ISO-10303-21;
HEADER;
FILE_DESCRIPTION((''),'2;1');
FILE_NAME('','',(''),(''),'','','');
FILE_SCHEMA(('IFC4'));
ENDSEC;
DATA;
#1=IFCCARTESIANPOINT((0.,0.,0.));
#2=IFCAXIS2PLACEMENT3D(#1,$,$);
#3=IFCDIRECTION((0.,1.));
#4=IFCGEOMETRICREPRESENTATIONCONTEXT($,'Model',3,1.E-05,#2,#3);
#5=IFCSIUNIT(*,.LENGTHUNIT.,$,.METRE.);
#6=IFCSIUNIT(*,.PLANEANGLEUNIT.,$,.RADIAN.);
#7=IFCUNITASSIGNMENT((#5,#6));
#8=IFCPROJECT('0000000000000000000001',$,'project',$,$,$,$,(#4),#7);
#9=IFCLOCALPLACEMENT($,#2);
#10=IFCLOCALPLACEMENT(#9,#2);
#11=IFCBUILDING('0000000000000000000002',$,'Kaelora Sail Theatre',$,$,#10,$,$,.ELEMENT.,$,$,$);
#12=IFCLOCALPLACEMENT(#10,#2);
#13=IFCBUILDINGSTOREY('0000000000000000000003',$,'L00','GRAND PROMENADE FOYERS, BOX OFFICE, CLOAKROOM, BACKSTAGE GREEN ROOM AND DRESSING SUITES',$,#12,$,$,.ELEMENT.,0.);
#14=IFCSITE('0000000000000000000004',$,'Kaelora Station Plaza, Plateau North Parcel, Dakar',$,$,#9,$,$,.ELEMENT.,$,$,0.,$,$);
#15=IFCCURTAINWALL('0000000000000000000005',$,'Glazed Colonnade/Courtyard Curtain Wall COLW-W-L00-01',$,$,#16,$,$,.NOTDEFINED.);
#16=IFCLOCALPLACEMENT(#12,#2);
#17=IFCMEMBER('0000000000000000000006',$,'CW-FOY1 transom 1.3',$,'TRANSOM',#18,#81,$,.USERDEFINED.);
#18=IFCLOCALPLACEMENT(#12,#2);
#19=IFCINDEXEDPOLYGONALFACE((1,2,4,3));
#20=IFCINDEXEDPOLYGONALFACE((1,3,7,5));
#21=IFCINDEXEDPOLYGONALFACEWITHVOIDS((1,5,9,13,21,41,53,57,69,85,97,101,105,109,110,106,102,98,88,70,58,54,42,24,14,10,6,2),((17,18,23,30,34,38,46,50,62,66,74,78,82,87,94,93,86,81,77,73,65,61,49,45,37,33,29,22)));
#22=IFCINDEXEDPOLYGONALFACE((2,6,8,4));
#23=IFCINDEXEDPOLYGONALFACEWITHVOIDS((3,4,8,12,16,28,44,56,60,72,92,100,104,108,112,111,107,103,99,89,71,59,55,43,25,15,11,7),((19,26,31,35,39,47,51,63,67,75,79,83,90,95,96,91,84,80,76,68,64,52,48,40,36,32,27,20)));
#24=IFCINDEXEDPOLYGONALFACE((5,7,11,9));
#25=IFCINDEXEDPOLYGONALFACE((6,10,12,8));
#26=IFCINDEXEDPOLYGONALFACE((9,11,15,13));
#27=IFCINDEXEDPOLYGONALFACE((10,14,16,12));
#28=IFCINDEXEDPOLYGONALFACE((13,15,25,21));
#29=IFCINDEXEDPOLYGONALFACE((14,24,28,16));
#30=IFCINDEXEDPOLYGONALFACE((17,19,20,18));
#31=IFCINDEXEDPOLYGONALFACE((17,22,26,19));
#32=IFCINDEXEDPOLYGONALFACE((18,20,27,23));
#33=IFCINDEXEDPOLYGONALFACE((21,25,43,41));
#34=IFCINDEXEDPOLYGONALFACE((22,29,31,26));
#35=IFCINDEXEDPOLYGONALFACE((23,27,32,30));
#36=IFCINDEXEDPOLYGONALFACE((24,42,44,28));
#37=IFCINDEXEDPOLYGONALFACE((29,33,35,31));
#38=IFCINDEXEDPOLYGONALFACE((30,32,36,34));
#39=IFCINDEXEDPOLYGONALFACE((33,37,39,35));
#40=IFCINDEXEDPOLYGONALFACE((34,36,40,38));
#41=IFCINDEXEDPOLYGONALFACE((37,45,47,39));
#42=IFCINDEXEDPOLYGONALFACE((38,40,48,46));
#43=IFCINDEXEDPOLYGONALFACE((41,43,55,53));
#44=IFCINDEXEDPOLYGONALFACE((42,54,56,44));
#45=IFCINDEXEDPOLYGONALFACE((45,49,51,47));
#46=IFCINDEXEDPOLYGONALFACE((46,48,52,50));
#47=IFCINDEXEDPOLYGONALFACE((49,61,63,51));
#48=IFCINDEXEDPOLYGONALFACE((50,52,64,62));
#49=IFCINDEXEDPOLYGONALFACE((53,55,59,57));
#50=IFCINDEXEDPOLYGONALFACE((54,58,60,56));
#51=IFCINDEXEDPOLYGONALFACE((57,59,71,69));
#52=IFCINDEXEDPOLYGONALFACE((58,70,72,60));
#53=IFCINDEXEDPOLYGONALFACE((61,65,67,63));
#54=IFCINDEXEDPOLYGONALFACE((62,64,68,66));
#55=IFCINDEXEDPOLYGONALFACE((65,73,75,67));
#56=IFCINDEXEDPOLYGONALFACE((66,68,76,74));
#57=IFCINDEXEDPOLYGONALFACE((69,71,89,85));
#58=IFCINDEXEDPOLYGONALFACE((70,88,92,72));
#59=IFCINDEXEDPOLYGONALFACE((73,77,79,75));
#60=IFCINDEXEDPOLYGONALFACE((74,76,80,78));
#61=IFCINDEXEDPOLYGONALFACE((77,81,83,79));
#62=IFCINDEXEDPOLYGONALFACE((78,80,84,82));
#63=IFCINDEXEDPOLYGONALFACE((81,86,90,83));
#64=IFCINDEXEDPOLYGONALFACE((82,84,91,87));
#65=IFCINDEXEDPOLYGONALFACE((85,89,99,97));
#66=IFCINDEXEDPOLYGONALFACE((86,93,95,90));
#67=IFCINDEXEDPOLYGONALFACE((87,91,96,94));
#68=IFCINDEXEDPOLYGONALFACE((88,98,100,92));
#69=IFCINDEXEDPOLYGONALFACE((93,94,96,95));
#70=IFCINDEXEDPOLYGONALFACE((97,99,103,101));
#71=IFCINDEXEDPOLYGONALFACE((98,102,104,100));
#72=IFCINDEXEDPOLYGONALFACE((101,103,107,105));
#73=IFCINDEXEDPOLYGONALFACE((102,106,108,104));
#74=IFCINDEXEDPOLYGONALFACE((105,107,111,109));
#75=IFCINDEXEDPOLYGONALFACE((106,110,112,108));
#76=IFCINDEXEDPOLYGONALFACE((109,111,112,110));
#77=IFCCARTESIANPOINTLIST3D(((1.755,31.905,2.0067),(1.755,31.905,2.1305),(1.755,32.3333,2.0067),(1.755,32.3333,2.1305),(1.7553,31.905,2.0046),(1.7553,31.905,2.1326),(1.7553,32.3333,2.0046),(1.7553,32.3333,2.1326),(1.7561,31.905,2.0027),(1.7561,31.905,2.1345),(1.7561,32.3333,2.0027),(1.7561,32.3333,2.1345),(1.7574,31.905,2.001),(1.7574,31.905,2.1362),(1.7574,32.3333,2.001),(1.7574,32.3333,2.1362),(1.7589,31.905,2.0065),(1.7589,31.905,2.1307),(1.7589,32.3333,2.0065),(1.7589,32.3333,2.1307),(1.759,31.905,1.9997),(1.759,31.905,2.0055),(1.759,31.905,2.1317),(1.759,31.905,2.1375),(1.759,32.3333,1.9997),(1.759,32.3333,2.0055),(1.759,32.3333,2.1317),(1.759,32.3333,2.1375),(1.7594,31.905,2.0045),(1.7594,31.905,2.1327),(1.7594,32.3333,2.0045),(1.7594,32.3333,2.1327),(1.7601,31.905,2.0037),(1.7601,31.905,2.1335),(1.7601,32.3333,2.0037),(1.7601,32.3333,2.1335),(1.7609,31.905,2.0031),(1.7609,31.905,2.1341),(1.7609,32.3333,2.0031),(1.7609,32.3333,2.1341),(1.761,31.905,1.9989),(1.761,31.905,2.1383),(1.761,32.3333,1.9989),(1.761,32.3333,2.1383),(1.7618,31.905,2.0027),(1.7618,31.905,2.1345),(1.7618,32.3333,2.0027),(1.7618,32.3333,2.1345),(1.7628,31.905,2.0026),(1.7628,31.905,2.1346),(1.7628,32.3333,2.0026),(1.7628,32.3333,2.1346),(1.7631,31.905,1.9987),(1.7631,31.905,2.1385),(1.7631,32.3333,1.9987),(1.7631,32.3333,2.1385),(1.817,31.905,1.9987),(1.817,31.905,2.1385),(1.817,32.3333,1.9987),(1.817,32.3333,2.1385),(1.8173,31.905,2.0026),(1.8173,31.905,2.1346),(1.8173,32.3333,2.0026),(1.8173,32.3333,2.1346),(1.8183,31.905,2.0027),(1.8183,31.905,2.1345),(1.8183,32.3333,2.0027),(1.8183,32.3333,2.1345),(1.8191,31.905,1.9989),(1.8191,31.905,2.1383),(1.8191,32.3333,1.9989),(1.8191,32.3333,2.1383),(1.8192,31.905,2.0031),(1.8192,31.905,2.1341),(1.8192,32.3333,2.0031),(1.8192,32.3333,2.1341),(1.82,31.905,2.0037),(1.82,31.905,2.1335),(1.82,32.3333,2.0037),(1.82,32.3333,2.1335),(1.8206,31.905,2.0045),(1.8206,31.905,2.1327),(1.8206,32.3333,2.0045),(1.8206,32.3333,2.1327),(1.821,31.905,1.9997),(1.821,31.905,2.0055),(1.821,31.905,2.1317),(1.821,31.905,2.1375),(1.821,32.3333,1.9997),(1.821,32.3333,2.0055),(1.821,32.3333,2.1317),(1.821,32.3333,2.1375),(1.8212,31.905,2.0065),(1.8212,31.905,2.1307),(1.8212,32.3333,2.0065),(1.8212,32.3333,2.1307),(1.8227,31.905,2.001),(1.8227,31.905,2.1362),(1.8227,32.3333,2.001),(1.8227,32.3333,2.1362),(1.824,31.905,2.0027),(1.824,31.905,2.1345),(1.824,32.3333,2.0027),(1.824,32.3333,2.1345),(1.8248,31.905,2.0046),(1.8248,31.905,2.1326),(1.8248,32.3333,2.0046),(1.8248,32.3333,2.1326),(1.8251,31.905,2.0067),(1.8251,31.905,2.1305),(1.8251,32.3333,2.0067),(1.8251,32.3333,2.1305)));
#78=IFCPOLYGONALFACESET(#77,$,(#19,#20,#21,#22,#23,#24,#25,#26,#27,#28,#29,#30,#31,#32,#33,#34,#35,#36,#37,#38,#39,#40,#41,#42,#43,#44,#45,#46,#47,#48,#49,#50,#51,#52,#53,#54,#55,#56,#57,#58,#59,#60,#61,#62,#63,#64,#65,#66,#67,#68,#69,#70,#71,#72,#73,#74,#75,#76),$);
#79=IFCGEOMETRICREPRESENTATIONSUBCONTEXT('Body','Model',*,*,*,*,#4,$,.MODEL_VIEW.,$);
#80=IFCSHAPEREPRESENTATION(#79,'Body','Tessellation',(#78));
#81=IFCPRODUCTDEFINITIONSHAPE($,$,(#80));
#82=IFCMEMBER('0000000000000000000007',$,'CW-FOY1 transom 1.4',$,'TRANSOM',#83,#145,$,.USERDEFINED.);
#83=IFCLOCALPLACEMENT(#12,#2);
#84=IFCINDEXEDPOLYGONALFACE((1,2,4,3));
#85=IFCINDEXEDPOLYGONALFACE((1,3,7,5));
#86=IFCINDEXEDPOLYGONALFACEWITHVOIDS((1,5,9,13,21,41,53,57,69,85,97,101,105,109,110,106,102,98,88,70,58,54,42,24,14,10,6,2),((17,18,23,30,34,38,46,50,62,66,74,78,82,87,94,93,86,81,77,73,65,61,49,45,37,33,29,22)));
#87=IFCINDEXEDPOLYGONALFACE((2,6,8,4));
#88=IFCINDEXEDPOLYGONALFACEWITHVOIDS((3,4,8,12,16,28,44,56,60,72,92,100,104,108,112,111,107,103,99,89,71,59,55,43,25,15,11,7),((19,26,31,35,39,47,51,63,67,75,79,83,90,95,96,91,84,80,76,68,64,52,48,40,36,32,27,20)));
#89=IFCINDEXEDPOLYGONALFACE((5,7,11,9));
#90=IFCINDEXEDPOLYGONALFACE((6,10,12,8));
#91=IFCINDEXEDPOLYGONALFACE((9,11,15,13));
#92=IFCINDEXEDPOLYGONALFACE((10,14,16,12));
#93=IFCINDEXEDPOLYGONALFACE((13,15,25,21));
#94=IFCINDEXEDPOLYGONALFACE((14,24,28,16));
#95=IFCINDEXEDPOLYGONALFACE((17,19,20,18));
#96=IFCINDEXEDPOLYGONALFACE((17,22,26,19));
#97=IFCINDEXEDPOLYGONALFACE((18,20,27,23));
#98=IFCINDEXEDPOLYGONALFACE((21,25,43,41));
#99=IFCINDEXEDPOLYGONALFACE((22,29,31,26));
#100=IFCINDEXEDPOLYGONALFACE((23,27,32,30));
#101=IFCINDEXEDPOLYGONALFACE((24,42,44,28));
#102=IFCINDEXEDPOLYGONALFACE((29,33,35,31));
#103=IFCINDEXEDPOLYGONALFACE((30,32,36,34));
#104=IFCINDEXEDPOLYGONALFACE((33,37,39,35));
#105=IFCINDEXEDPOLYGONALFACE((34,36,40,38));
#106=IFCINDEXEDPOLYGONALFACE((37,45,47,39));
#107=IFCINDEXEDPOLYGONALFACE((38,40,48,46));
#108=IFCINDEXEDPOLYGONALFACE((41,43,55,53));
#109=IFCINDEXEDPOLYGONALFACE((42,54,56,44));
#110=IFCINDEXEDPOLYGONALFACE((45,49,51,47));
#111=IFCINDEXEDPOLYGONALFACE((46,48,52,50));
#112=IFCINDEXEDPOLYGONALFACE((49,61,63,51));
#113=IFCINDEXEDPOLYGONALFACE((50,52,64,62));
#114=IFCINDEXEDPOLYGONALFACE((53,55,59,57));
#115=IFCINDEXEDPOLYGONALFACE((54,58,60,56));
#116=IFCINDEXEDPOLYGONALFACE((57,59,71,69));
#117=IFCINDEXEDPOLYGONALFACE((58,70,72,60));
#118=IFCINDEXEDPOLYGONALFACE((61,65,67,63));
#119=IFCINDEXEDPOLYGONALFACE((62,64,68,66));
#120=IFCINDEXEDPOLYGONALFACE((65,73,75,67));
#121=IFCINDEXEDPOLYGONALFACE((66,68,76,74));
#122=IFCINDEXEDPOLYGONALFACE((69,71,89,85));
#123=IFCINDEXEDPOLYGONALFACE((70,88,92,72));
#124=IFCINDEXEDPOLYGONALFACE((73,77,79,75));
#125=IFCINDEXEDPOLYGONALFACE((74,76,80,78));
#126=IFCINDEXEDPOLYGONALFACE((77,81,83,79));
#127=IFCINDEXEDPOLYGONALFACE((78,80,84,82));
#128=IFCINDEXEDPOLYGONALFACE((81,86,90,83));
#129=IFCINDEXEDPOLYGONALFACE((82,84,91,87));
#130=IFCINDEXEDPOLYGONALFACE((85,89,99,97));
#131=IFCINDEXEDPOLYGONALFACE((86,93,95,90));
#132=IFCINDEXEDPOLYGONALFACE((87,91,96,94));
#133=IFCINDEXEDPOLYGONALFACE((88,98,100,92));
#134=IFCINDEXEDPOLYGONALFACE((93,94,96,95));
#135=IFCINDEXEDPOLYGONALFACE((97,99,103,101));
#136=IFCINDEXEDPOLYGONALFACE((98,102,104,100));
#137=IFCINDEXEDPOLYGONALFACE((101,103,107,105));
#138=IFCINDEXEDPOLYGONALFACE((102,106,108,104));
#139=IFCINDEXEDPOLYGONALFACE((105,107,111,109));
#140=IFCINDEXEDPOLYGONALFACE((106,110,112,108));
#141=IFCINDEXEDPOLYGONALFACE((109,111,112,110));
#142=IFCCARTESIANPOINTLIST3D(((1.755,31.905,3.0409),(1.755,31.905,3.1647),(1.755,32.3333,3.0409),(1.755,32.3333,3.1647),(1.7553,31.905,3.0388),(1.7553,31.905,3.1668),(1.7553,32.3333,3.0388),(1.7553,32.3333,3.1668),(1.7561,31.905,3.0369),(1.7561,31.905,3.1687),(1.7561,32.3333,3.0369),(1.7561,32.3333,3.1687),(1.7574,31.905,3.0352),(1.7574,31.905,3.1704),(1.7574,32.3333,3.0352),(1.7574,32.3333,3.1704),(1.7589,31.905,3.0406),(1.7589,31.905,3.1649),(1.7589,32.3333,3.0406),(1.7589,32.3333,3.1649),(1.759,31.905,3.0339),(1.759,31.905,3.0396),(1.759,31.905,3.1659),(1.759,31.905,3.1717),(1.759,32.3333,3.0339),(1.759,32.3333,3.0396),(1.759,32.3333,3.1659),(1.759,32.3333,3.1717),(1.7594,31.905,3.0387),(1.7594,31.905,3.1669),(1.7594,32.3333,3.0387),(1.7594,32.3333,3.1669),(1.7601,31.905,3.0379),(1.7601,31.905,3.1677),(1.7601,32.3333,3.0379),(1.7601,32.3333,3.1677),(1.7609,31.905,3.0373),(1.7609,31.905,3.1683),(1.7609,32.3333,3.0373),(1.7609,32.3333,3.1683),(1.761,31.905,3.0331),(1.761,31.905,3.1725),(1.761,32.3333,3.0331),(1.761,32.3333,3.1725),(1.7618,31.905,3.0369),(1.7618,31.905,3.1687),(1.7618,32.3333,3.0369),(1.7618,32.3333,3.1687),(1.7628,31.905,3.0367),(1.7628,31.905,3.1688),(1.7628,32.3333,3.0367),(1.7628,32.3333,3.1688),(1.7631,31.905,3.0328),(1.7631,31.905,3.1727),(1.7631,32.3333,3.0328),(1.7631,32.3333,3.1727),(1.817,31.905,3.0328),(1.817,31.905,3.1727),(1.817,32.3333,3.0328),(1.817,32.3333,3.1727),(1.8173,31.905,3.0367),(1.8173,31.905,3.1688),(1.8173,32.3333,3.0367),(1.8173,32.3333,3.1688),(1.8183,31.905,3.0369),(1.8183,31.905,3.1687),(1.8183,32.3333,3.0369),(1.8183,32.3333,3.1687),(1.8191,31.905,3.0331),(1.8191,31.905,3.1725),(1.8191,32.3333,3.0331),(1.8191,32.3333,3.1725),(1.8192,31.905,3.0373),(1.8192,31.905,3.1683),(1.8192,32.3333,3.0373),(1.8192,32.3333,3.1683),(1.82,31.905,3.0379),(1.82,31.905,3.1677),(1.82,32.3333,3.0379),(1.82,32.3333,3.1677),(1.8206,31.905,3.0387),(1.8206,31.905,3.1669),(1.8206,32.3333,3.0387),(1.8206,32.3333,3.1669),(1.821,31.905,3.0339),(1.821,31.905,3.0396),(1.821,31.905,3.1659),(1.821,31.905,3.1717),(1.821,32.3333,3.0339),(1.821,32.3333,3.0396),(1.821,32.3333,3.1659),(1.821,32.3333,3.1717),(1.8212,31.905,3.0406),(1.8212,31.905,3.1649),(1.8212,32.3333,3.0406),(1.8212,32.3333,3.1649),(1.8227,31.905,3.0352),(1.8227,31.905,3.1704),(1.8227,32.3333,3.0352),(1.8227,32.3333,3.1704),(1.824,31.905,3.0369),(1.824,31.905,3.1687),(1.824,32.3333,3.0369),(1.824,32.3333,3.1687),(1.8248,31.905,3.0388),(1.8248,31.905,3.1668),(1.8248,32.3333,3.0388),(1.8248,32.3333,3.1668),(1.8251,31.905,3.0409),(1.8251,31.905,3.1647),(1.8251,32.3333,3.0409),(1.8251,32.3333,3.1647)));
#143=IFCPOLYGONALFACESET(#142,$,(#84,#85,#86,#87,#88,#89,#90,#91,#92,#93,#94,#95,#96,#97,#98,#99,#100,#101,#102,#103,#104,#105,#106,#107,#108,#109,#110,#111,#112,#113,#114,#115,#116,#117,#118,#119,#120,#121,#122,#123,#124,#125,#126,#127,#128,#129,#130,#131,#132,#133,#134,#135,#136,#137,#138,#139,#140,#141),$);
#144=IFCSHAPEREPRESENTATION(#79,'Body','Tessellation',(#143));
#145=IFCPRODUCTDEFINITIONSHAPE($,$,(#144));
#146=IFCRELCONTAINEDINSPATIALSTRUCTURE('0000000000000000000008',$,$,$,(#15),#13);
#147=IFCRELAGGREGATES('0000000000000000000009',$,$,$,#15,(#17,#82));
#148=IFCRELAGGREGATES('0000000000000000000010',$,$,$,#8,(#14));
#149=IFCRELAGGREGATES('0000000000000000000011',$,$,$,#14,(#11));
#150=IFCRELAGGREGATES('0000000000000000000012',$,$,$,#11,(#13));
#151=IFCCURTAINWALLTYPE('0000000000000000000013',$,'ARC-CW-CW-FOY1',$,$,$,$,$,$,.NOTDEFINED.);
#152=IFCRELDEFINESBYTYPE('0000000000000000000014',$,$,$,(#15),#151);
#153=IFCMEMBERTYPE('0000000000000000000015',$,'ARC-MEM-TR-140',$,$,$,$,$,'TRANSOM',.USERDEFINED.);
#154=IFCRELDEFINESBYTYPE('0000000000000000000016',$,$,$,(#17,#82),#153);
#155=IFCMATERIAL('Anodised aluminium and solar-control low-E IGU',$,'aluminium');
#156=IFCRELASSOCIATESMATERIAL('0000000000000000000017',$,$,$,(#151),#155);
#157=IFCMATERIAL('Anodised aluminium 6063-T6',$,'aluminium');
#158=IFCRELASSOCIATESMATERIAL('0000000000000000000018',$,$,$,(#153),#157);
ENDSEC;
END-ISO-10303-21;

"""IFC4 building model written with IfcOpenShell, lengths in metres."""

from ifc_helpers import new_model, si_unit, direction, frame, origin, origin_2d, place, context, subcontext, project, spatial, hollow_rectangle, extrude, material, material_profile, profile_set, type_object, element, aggregate, save


model = new_model("IFC4")

# Units and contexts
model_context = context("Model", 3, precision=1e-05, world=origin(), true_north=direction((0.0, 1.0)))
body_context = subcontext(model_context, "Body", "Model", "MODEL_VIEW")
ifc_project = project(units=[si_unit("LENGTHUNIT", "METRE"), si_unit("PLANEANGLEUNIT", "RADIAN")], contexts=[model_context])

# Site, building, storey
site_placement = place(None, origin())
site = spatial("IfcSite", under=ifc_project, at=site_placement, Name="Kaelora Station Plaza, Plateau North Parcel, Dakar", CompositionType="ELEMENT", RefElevation=0.0)
building_placement = place(site_placement, origin())
building = spatial("IfcBuilding", under=site, at=building_placement, Name="Kaelora Sail Theatre", CompositionType="ELEMENT")
storey_placement = place(building_placement, origin())
storey = spatial("IfcBuildingStorey", under=building, at=storey_placement, Name="L00", Description="GRAND PROMENADE FOYERS, BOX OFFICE, CLOAKROOM, BACKSTAGE GREEN ROOM AND DRESSING SUITES", CompositionType="ELEMENT", Elevation=0.0)

# Curtain wall, members
ifc_material_1 = material(Name="Anodised aluminium and solar-control low-E IGU", Category="aluminium")
curtain_wall_type = type_object("IfcCurtainWallType", Name="ARC-CW-CW-FOY1", PredefinedType="NOTDEFINED", material=ifc_material_1)
curtain_wall_1_placement = place(storey_placement, origin())
curtain_wall_1 = element("IfcCurtainWall", 1, at=curtain_wall_1_placement, inside=storey, type_object=curtain_wall_type, Name="Glazed Colonnade/Courtyard Curtain Wall COLW-W-L00-01", PredefinedType="NOTDEFINED")
ifc_material_2 = material(Name="Anodised aluminium 6063-T6", Category="aluminium")
ifc_material_profile = material_profile(ifc_material_2, hollow_rectangle(XDim=0.0701, YDim=0.1399, WallThickness=0.0039, InnerFilletRadius=0.0039, OuterFilletRadius=0.0081, at=origin_2d()), Name="ALU-TRAN 70x140x4")
ifc_profile_set = profile_set([ifc_material_profile], Name="Anodised aluminium 6063-T6")
member_type = type_object("IfcMemberType", Name="ARC-MEM-TR-140", ElementType="TRANSOM", PredefinedType="USERDEFINED", material=ifc_profile_set)
member_1_placement = place(storey_placement, frame((1.79, 31.905, 2.0686), z_axis=(0.0, 1.0, 0.0), x_axis=(-1.0, 0.0, 0.0)))
member_1 = element("IfcMember", 2, at=member_1_placement, type_object=member_type, Name="CW-FOY1 transom 1.3", ObjectType="TRANSOM", PredefinedType="USERDEFINED", context=body_context, shape_type="SweptSolid", body=[
    extrude(hollow_rectangle(XDim=0.0701, YDim=0.1399, WallThickness=0.0039, InnerFilletRadius=0.0039, OuterFilletRadius=0.0081, at=origin_2d()), origin(), (0.0, 0.0, 1.0), 0.4282),
])
member_2_placement = place(storey_placement, frame((1.79, 31.905, 3.1028), z_axis=(0.0, 1.0, 0.0), x_axis=(-1.0, 0.0, 0.0)))
member_2 = element("IfcMember", 3, at=member_2_placement, type_object=member_type, Name="CW-FOY1 transom 1.4", ObjectType="TRANSOM", PredefinedType="USERDEFINED", context=body_context, shape_type="SweptSolid", body=[
    extrude(hollow_rectangle(XDim=0.0701, YDim=0.1399, WallThickness=0.0039, InnerFilletRadius=0.0039, OuterFilletRadius=0.0081, at=origin_2d()), origin(), (0.0, 0.0, 1.0), 0.4282),
])

aggregate(curtain_wall_1, [member_1, member_2])

save(model, "model.ifc")
